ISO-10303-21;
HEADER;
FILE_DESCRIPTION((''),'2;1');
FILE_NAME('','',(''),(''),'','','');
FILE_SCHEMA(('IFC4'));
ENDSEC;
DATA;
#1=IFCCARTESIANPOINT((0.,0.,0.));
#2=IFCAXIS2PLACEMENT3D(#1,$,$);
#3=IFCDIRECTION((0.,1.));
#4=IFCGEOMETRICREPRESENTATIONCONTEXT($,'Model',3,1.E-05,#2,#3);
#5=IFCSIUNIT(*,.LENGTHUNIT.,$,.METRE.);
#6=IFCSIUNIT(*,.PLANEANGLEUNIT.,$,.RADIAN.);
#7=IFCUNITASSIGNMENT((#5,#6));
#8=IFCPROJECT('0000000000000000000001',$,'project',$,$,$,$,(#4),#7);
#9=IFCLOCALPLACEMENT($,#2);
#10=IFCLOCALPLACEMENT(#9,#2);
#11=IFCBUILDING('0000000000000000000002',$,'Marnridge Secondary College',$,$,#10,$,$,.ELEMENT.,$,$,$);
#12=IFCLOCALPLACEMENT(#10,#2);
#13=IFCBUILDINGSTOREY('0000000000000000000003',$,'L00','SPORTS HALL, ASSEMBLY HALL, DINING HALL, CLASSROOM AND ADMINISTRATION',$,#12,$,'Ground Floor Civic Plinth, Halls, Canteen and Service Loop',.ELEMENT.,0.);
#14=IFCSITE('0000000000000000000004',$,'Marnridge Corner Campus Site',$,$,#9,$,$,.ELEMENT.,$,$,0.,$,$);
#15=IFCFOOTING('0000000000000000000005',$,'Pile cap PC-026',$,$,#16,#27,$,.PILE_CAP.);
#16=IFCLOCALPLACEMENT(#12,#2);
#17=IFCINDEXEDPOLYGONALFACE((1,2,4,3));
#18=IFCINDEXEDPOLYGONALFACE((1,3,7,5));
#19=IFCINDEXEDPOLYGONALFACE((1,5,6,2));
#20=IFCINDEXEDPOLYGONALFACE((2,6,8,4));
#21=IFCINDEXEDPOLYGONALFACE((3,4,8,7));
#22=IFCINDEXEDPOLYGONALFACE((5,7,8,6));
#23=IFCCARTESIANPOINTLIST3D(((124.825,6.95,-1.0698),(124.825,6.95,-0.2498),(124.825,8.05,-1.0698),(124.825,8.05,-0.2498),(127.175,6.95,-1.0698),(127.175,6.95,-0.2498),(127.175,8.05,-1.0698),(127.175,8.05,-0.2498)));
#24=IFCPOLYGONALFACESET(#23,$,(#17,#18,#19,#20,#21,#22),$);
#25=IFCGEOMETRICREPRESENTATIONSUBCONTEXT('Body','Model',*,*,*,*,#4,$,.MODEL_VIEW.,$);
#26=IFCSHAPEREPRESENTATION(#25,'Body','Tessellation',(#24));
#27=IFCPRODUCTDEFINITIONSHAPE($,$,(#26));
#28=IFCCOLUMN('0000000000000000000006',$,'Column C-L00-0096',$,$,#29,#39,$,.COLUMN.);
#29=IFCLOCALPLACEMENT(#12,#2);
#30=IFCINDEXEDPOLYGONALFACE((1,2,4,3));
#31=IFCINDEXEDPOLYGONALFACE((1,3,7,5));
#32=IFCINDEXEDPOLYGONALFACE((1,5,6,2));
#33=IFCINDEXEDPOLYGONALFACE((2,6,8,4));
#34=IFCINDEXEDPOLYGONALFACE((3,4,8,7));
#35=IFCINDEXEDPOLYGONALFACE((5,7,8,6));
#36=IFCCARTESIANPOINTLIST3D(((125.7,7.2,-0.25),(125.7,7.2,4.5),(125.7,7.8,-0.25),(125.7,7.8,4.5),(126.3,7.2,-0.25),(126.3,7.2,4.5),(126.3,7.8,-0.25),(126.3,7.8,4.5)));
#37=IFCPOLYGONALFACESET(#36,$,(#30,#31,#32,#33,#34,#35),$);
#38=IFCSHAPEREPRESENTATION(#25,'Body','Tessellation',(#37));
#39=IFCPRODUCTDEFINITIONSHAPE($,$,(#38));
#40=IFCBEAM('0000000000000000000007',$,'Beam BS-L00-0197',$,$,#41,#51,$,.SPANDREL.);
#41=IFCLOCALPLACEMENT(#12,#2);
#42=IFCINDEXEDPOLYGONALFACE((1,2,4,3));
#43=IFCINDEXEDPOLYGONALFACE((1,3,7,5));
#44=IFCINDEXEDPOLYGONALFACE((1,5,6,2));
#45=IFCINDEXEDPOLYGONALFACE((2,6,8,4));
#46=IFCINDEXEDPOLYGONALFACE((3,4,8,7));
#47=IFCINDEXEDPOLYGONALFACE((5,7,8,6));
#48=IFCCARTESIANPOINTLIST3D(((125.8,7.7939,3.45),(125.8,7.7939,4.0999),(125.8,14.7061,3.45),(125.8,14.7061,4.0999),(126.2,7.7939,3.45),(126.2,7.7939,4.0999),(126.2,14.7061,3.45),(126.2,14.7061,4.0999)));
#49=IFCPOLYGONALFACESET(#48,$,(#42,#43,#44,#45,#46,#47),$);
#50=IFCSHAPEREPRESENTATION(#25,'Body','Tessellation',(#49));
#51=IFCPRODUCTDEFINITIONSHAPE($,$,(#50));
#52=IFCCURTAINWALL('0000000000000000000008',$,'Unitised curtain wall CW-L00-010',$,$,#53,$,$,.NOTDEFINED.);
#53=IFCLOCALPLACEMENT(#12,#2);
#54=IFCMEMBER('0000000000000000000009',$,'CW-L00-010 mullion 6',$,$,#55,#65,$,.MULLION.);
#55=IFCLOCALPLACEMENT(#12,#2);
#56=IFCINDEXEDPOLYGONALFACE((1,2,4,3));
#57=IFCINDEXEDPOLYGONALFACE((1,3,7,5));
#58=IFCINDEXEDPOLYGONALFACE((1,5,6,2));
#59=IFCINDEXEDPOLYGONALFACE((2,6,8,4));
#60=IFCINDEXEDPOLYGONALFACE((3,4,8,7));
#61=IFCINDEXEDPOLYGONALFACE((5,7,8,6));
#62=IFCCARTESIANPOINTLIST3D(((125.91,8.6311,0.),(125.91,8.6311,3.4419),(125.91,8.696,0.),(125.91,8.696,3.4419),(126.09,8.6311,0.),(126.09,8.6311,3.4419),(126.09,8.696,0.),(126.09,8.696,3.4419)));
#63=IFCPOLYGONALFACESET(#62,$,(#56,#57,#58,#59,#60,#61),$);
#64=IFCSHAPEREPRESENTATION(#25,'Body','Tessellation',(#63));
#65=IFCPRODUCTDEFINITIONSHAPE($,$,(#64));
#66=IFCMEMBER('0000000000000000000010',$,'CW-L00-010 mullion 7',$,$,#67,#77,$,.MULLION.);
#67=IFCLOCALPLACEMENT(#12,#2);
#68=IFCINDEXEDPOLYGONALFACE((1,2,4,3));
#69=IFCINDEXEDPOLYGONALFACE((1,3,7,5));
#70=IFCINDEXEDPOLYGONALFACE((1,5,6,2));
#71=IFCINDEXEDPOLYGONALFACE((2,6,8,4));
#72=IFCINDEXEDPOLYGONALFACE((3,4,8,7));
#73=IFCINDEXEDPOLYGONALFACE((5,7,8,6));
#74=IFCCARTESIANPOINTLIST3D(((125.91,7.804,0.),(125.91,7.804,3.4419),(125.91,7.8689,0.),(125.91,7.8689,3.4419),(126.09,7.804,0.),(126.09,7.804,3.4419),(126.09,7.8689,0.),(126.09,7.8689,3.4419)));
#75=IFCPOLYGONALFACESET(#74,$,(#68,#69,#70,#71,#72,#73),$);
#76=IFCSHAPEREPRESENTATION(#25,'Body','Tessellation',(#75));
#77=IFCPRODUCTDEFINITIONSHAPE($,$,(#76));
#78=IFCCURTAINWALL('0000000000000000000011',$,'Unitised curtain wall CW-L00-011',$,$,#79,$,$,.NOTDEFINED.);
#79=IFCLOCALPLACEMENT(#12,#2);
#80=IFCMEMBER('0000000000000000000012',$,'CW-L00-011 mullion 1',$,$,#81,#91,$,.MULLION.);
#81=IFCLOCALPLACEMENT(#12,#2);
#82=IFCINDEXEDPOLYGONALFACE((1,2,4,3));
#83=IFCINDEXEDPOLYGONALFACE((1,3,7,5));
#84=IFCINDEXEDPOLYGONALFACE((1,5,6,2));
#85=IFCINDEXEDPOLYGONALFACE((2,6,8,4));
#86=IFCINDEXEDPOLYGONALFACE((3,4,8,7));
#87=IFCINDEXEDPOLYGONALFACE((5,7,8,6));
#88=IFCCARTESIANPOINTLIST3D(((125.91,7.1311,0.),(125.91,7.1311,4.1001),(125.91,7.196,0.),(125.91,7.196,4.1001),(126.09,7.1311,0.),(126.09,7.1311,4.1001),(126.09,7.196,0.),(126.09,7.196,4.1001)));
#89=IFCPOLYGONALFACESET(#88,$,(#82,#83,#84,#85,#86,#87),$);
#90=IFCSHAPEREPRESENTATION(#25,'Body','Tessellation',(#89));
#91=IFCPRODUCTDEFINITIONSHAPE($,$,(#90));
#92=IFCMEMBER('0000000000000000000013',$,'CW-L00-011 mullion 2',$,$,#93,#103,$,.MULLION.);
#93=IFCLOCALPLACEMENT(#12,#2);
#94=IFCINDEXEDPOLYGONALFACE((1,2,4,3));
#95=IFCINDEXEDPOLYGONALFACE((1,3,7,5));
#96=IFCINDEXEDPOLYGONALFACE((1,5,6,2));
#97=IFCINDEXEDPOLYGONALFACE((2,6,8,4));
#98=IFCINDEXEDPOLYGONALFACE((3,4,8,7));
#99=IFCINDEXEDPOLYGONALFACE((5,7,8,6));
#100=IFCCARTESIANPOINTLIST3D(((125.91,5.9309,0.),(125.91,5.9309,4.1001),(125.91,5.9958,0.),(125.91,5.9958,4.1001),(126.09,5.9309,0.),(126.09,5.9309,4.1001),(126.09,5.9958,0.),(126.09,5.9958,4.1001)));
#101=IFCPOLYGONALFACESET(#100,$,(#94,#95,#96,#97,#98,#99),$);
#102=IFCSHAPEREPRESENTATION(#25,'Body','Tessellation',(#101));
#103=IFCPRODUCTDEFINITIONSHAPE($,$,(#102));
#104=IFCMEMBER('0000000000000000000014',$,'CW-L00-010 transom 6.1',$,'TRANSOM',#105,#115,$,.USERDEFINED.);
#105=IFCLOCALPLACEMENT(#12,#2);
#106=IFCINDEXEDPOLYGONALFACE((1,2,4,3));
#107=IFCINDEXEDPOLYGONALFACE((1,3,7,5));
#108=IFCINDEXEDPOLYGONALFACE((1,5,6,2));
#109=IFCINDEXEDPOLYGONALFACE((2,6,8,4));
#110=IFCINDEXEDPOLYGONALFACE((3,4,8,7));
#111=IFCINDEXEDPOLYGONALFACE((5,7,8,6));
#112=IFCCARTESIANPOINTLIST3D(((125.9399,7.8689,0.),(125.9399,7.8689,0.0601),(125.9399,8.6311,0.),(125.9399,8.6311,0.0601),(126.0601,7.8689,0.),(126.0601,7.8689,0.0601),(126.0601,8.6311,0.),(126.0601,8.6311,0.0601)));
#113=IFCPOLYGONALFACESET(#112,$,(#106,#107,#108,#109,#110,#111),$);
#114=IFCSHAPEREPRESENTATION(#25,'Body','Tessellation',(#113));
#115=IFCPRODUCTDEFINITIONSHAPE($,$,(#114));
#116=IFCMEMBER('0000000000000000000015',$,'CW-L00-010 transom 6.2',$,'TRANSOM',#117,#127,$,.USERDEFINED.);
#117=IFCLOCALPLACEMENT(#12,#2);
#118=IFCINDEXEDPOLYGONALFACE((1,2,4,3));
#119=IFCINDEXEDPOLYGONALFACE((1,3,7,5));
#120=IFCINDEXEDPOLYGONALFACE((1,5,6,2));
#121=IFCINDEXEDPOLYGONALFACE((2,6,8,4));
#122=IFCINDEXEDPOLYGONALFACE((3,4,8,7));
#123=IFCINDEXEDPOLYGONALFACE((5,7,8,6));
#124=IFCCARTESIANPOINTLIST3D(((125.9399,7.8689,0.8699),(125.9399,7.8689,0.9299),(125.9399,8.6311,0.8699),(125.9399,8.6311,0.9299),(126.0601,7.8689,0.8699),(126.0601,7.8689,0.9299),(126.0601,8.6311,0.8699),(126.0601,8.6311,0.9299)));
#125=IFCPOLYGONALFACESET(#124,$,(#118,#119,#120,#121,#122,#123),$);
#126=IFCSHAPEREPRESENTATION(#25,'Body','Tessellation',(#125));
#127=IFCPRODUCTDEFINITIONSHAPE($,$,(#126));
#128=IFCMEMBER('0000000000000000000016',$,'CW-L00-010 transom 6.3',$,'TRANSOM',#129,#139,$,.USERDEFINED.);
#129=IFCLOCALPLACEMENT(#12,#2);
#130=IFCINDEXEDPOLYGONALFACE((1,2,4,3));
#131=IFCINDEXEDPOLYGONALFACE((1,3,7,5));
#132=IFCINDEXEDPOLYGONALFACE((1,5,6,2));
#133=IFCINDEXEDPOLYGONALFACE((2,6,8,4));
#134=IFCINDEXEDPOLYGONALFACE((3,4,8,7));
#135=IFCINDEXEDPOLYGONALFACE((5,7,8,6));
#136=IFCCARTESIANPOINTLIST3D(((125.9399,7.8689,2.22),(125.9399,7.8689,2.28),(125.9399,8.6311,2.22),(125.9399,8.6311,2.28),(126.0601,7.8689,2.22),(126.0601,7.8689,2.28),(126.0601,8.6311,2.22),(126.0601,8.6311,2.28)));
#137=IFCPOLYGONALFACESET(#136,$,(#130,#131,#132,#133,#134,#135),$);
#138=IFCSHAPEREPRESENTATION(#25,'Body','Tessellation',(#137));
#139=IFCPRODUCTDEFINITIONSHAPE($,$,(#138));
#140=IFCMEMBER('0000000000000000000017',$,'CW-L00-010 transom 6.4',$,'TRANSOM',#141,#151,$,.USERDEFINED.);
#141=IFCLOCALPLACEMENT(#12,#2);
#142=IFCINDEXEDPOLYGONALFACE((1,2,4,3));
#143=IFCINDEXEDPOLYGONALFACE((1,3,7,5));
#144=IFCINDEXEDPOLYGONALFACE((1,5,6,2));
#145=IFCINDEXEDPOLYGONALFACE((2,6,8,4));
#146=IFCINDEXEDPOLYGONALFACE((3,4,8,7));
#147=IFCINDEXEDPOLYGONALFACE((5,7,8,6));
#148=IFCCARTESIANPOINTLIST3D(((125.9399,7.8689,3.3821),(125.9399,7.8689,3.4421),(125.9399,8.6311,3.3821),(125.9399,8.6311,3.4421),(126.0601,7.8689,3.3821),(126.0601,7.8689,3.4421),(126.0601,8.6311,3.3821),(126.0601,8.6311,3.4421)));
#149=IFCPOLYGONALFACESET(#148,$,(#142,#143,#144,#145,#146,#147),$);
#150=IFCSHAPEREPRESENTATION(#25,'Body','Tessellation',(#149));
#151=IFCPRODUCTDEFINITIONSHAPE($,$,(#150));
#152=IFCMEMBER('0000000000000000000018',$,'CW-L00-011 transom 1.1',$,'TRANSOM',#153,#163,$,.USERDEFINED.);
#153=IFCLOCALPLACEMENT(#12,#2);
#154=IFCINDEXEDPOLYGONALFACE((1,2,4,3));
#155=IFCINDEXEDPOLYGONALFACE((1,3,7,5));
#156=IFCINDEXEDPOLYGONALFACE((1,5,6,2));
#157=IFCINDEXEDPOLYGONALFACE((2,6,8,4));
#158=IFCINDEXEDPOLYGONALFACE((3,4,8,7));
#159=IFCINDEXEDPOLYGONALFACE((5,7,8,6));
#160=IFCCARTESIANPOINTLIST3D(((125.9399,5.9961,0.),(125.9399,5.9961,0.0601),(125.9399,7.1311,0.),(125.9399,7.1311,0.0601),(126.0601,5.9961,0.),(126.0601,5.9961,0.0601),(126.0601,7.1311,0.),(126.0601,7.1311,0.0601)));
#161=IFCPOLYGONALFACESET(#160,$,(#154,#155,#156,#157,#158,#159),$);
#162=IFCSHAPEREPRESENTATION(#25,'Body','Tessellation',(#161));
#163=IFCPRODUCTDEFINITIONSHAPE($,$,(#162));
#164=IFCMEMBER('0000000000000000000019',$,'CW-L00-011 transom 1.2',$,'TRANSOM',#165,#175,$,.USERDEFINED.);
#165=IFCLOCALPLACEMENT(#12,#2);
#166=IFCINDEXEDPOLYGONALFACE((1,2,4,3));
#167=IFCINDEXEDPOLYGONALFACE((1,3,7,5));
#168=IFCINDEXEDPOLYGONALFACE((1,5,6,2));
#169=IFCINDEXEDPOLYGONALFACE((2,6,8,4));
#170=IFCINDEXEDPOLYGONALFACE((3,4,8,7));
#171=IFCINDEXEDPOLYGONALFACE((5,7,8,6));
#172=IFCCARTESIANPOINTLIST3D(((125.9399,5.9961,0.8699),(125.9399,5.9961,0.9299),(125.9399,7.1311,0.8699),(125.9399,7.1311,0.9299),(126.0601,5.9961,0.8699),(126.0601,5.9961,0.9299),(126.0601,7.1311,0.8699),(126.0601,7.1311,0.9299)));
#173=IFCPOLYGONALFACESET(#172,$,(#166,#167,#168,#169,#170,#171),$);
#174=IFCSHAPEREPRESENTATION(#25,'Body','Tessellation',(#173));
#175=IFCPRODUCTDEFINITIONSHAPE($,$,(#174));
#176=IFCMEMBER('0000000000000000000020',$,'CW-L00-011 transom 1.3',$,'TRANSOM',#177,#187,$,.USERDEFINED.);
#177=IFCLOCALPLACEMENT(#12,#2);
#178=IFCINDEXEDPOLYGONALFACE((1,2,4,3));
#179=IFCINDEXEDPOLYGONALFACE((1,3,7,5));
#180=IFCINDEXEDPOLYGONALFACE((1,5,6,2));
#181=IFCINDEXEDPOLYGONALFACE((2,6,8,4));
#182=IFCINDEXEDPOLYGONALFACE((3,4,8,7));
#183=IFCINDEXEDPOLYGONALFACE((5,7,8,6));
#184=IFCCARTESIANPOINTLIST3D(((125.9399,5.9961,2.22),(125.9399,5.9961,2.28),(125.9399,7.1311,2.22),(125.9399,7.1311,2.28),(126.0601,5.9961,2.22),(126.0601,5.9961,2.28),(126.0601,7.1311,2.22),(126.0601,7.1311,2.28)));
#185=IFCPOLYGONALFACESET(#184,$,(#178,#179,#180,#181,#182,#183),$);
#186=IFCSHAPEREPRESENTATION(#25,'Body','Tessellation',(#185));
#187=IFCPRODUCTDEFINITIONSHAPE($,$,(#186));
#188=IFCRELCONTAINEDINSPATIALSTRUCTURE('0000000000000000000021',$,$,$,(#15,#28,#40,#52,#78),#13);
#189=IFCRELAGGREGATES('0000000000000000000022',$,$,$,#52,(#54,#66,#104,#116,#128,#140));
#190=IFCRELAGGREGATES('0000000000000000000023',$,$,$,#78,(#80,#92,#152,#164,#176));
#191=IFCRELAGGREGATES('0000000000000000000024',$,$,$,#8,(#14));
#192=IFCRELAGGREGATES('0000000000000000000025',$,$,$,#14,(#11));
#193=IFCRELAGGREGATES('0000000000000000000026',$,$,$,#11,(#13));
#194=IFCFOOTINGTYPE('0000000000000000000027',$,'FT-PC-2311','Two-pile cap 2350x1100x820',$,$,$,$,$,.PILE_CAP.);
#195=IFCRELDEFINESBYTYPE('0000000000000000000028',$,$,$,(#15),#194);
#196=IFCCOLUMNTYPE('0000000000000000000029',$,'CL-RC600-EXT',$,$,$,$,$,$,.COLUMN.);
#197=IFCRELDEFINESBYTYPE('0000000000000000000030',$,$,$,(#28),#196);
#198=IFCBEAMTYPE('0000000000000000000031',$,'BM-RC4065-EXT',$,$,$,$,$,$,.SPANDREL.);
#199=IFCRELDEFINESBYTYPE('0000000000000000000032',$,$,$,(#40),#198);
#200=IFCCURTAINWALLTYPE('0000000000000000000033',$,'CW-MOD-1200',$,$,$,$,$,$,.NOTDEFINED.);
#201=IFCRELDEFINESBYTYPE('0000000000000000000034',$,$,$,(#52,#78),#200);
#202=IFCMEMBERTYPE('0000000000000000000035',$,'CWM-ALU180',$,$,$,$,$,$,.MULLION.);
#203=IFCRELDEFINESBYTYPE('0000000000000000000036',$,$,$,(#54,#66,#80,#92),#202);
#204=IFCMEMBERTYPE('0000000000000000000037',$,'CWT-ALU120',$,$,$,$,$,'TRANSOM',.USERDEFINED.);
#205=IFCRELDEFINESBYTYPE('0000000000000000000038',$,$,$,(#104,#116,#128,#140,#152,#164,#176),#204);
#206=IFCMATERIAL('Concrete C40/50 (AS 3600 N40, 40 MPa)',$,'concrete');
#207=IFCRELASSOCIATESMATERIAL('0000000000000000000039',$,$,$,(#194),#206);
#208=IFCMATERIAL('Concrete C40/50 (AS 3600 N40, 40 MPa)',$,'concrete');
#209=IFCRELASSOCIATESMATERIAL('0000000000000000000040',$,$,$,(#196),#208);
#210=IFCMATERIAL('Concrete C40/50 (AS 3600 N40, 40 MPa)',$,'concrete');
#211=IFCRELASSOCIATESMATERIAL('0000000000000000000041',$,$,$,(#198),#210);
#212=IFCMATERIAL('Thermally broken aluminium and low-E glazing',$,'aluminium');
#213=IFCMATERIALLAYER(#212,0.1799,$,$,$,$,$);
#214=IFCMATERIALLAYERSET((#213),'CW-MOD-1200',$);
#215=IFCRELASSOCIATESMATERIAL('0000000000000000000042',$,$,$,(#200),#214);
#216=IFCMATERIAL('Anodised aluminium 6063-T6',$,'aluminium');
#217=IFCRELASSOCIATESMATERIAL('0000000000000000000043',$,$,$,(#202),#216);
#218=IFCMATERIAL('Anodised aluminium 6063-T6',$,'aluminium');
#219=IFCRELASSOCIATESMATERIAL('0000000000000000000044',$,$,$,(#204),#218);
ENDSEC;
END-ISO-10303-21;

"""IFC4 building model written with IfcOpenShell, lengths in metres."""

from ifc_helpers import new_model, si_unit, direction, frame, origin, origin_2d, place, context, subcontext, project, spatial, rectangle, extrude, material, layer, layer_set, material_profile, profile_set, type_object, element, aggregate, save


model = new_model("IFC4")

# Units and contexts
model_context = context("Model", 3, precision=1e-05, world=origin(), true_north=direction((0.0, 1.0)))
body_context = subcontext(model_context, "Body", "Model", "MODEL_VIEW")
ifc_project = project(units=[si_unit("LENGTHUNIT", "METRE"), si_unit("PLANEANGLEUNIT", "RADIAN")], contexts=[model_context])

# Site, building, storey
site_placement = place(None, origin())
site = spatial("IfcSite", under=ifc_project, at=site_placement, Name="Marnridge Corner Campus Site", CompositionType="ELEMENT", RefElevation=0.0)
building_placement = place(site_placement, origin())
building = spatial("IfcBuilding", under=site, at=building_placement, Name="Marnridge Secondary College", CompositionType="ELEMENT")
storey_placement = place(building_placement, origin())
storey = spatial("IfcBuildingStorey", under=building, at=storey_placement, Name="L00", Description="SPORTS HALL, ASSEMBLY HALL, DINING HALL, CLASSROOM AND ADMINISTRATION", LongName="Ground Floor Civic Plinth, Halls, Canteen and Service Loop", CompositionType="ELEMENT", Elevation=0.0)

# Footing
ifc_material_1 = material(Name="Concrete C40/50 (AS 3600 N40, 40 MPa)", Category="concrete")
footing_type = type_object("IfcFootingType", Name="FT-PC-2311", Description="Two-pile cap 2350x1100x820", PredefinedType="PILE_CAP", material=ifc_material_1)
footing_placement = place(storey_placement, frame((126.0, 7.5, -1.0698), z_axis=(0.0, 0.0, 1.0), x_axis=(1.0, 0.0, 0.0)))
element("IfcFooting", 1, at=footing_placement, inside=storey, type_object=footing_type, Name="Pile cap PC-026", PredefinedType="PILE_CAP", context=body_context, shape_type="SweptSolid", body=[
    extrude(rectangle(XDim=2.3501, YDim=1.1001, at=origin_2d()), origin(), (0.0, 0.0, 1.0), 0.8201),
])

# Column
ifc_material_2 = material(Name="Concrete C40/50 (AS 3600 N40, 40 MPa)", Category="concrete")
ifc_material_profile_1 = material_profile(ifc_material_2, rectangle(XDim=0.6001, YDim=0.6001, at=origin_2d()), Name="RC 600x600")
ifc_profile_set_1 = profile_set([ifc_material_profile_1], Name="Concrete C40/50 (AS 3600 N40, 40 MPa)")
column_type = type_object("IfcColumnType", Name="CL-RC600-EXT", PredefinedType="COLUMN", material=ifc_profile_set_1)
column_placement = place(storey_placement, frame((126.0, 7.5, -0.25), z_axis=(0.0, 0.0, 1.0), x_axis=(1.0, 0.0, 0.0)))
element("IfcColumn", 2, at=column_placement, inside=storey, type_object=column_type, Name="Column C-L00-0096", PredefinedType="COLUMN", context=body_context, shape_type="SweptSolid", body=[
    extrude(rectangle(XDim=0.6001, YDim=0.6001, at=origin_2d()), origin(), (0.0, 0.0, 1.0), 4.75),
])

# Beam
ifc_material_3 = material(Name="Concrete C40/50 (AS 3600 N40, 40 MPa)", Category="concrete")
ifc_material_profile_2 = material_profile(ifc_material_3, rectangle(XDim=0.3999, YDim=0.6499, at=origin_2d()), Name="RC 400x650")
ifc_profile_set_2 = profile_set([ifc_material_profile_2], Name="Concrete C40/50 (AS 3600 N40, 40 MPa)")
beam_type = type_object("IfcBeamType", Name="BM-RC4065-EXT", PredefinedType="SPANDREL", material=ifc_profile_set_2)
beam_placement = place(storey_placement, frame((126.0, 7.7939, 3.7749), z_axis=(0.0, 1.0, 0.0), x_axis=(-1.0, 0.0, 0.0)))
element("IfcBeam", 3, at=beam_placement, inside=storey, type_object=beam_type, Name="Beam BS-L00-0197", PredefinedType="SPANDREL", context=body_context, shape_type="SweptSolid", body=[
    extrude(rectangle(XDim=0.3999, YDim=0.6499, at=origin_2d()), origin(), (0.0, 0.0, 1.0), 6.9121),
])

# Curtain walls, members
ifc_material_4 = material(Name="Thermally broken aluminium and low-E glazing", Category="aluminium")
ifc_layer_1 = layer(ifc_material_4, 0.1799)
ifc_layer_set_1 = layer_set([ifc_layer_1], Name="CW-MOD-1200")
curtain_wall_type = type_object("IfcCurtainWallType", Name="CW-MOD-1200", PredefinedType="NOTDEFINED", material=ifc_layer_set_1)
curtain_wall_1_placement = place(storey_placement, origin())
curtain_wall_1 = element("IfcCurtainWall", 4, at=curtain_wall_1_placement, inside=storey, type_object=curtain_wall_type, Name="Unitised curtain wall CW-L00-010", PredefinedType="NOTDEFINED")
ifc_material_5 = material(Name="Anodised aluminium 6063-T6", Category="aluminium")
ifc_material_profile_3 = material_profile(ifc_material_5, rectangle(XDim=0.0649, YDim=0.1799, at=origin_2d()), Name="ALU 65x180")
ifc_profile_set_3 = profile_set([ifc_material_profile_3], Name="Anodised aluminium 6063-T6")
member_type_1 = type_object("IfcMemberType", Name="CWM-ALU180", PredefinedType="MULLION", material=ifc_profile_set_3)
member_1_placement = place(storey_placement, frame((126.0, 8.6636, 0.0), z_axis=(0.0, 0.0, 1.0), x_axis=(0.0, -1.0, 0.0)))
member_1 = element("IfcMember", 5, at=member_1_placement, type_object=member_type_1, Name="CW-L00-010 mullion 6", PredefinedType="MULLION", context=body_context, shape_type="SweptSolid", body=[
    extrude(rectangle(XDim=0.0649, YDim=0.1799, at=origin_2d()), origin(), (0.0, 0.0, 1.0), 3.4419),
])
member_2_placement = place(storey_placement, frame((126.0, 7.8364, 0.0), z_axis=(0.0, 0.0, 1.0), x_axis=(0.0, -1.0, 0.0)))
member_2 = element("IfcMember", 6, at=member_2_placement, type_object=member_type_1, Name="CW-L00-010 mullion 7", PredefinedType="MULLION", context=body_context, shape_type="SweptSolid", body=[
    extrude(rectangle(XDim=0.0649, YDim=0.1799, at=origin_2d()), origin(), (0.0, 0.0, 1.0), 3.4419),
])
curtain_wall_2_placement = place(storey_placement, origin())
curtain_wall_2 = element("IfcCurtainWall", 7, at=curtain_wall_2_placement, inside=storey, type_object=curtain_wall_type, Name="Unitised curtain wall CW-L00-011", PredefinedType="NOTDEFINED")
member_3_placement = place(storey_placement, frame((126.0, 7.1636, 0.0), z_axis=(0.0, 0.0, 1.0), x_axis=(0.0, -1.0, 0.0)))
member_3 = element("IfcMember", 8, at=member_3_placement, type_object=member_type_1, Name="CW-L00-011 mullion 1", PredefinedType="MULLION", context=body_context, shape_type="SweptSolid", body=[
    extrude(rectangle(XDim=0.0649, YDim=0.1799, at=origin_2d()), origin(), (0.0, 0.0, 1.0), 4.1001),
])
member_4_placement = place(storey_placement, frame((126.0, 5.9634, 0.0), z_axis=(0.0, 0.0, 1.0), x_axis=(0.0, -1.0, 0.0)))
member_4 = element("IfcMember", 9, at=member_4_placement, type_object=member_type_1, Name="CW-L00-011 mullion 2", PredefinedType="MULLION", context=body_context, shape_type="SweptSolid", body=[
    extrude(rectangle(XDim=0.0649, YDim=0.1799, at=origin_2d()), origin(), (0.0, 0.0, 1.0), 4.1001),
])

# Members
ifc_material_6 = material(Name="Anodised aluminium 6063-T6", Category="aluminium")
ifc_material_profile_4 = material_profile(ifc_material_6, rectangle(XDim=0.0601, YDim=0.1201, at=origin_2d()), Name="ALU 60x120")
ifc_profile_set_4 = profile_set([ifc_material_profile_4], Name="Anodised aluminium 6063-T6")
member_type_2 = type_object("IfcMemberType", Name="CWT-ALU120", ElementType="TRANSOM", PredefinedType="USERDEFINED", material=ifc_profile_set_4)
member_5_placement = place(storey_placement, frame((126.0, 8.6311, 0.03), z_axis=(0.0, -1.0, 0.0), x_axis=(0.0, 0.0, 1.0)))
member_5 = element("IfcMember", 10, at=member_5_placement, type_object=member_type_2, Name="CW-L00-010 transom 6.1", ObjectType="TRANSOM", PredefinedType="USERDEFINED", context=body_context, shape_type="SweptSolid", body=[
    extrude(rectangle(XDim=0.0601, YDim=0.1201, at=origin_2d()), origin(), (0.0, 0.0, 1.0), 0.7622),
])
member_6_placement = place(storey_placement, frame((126.0, 8.6311, 0.8999), z_axis=(0.0, -1.0, 0.0), x_axis=(0.0, 0.0, 1.0)))
member_6 = element("IfcMember", 11, at=member_6_placement, type_object=member_type_2, Name="CW-L00-010 transom 6.2", ObjectType="TRANSOM", PredefinedType="USERDEFINED", context=body_context, shape_type="SweptSolid", body=[
    extrude(rectangle(XDim=0.0601, YDim=0.1201, at=origin_2d()), origin(), (0.0, 0.0, 1.0), 0.7622),
])
member_7_placement = place(storey_placement, frame((126.0, 8.6311, 2.25), z_axis=(0.0, -1.0, 0.0), x_axis=(0.0, 0.0, 1.0)))
member_7 = element("IfcMember", 12, at=member_7_placement, type_object=member_type_2, Name="CW-L00-010 transom 6.3", ObjectType="TRANSOM", PredefinedType="USERDEFINED", context=body_context, shape_type="SweptSolid", body=[
    extrude(rectangle(XDim=0.0601, YDim=0.1201, at=origin_2d()), origin(), (0.0, 0.0, 1.0), 0.7622),
])
member_8_placement = place(storey_placement, frame((126.0, 8.6311, 3.4121), z_axis=(0.0, -1.0, 0.0), x_axis=(0.0, 0.0, 1.0)))
member_8 = element("IfcMember", 13, at=member_8_placement, type_object=member_type_2, Name="CW-L00-010 transom 6.4", ObjectType="TRANSOM", PredefinedType="USERDEFINED", context=body_context, shape_type="SweptSolid", body=[
    extrude(rectangle(XDim=0.0601, YDim=0.1201, at=origin_2d()), origin(), (0.0, 0.0, 1.0), 0.7622),
])
member_9_placement = place(storey_placement, frame((126.0, 7.1311, 0.03), z_axis=(0.0, -1.0, 0.0), x_axis=(0.0, 0.0, 1.0)))
member_9 = element("IfcMember", 14, at=member_9_placement, type_object=member_type_2, Name="CW-L00-011 transom 1.1", ObjectType="TRANSOM", PredefinedType="USERDEFINED", context=body_context, shape_type="SweptSolid", body=[
    extrude(rectangle(XDim=0.0601, YDim=0.1201, at=origin_2d()), origin(), (0.0, 0.0, 1.0), 1.135),
])
member_10_placement = place(storey_placement, frame((126.0, 7.1311, 0.8999), z_axis=(0.0, -1.0, 0.0), x_axis=(0.0, 0.0, 1.0)))
member_10 = element("IfcMember", 15, at=member_10_placement, type_object=member_type_2, Name="CW-L00-011 transom 1.2", ObjectType="TRANSOM", PredefinedType="USERDEFINED", context=body_context, shape_type="SweptSolid", body=[
    extrude(rectangle(XDim=0.0601, YDim=0.1201, at=origin_2d()), origin(), (0.0, 0.0, 1.0), 1.135),
])
member_11_placement = place(storey_placement, frame((126.0, 7.1311, 2.25), z_axis=(0.0, -1.0, 0.0), x_axis=(0.0, 0.0, 1.0)))
member_11 = element("IfcMember", 16, at=member_11_placement, type_object=member_type_2, Name="CW-L00-011 transom 1.3", ObjectType="TRANSOM", PredefinedType="USERDEFINED", context=body_context, shape_type="SweptSolid", body=[
    extrude(rectangle(XDim=0.0601, YDim=0.1201, at=origin_2d()), origin(), (0.0, 0.0, 1.0), 1.135),
])

aggregate(curtain_wall_1, [member_1, member_2, member_5, member_6, member_7, member_8])
aggregate(curtain_wall_2, [member_3, member_4, member_9, member_10, member_11])

save(model, "model.ifc")
